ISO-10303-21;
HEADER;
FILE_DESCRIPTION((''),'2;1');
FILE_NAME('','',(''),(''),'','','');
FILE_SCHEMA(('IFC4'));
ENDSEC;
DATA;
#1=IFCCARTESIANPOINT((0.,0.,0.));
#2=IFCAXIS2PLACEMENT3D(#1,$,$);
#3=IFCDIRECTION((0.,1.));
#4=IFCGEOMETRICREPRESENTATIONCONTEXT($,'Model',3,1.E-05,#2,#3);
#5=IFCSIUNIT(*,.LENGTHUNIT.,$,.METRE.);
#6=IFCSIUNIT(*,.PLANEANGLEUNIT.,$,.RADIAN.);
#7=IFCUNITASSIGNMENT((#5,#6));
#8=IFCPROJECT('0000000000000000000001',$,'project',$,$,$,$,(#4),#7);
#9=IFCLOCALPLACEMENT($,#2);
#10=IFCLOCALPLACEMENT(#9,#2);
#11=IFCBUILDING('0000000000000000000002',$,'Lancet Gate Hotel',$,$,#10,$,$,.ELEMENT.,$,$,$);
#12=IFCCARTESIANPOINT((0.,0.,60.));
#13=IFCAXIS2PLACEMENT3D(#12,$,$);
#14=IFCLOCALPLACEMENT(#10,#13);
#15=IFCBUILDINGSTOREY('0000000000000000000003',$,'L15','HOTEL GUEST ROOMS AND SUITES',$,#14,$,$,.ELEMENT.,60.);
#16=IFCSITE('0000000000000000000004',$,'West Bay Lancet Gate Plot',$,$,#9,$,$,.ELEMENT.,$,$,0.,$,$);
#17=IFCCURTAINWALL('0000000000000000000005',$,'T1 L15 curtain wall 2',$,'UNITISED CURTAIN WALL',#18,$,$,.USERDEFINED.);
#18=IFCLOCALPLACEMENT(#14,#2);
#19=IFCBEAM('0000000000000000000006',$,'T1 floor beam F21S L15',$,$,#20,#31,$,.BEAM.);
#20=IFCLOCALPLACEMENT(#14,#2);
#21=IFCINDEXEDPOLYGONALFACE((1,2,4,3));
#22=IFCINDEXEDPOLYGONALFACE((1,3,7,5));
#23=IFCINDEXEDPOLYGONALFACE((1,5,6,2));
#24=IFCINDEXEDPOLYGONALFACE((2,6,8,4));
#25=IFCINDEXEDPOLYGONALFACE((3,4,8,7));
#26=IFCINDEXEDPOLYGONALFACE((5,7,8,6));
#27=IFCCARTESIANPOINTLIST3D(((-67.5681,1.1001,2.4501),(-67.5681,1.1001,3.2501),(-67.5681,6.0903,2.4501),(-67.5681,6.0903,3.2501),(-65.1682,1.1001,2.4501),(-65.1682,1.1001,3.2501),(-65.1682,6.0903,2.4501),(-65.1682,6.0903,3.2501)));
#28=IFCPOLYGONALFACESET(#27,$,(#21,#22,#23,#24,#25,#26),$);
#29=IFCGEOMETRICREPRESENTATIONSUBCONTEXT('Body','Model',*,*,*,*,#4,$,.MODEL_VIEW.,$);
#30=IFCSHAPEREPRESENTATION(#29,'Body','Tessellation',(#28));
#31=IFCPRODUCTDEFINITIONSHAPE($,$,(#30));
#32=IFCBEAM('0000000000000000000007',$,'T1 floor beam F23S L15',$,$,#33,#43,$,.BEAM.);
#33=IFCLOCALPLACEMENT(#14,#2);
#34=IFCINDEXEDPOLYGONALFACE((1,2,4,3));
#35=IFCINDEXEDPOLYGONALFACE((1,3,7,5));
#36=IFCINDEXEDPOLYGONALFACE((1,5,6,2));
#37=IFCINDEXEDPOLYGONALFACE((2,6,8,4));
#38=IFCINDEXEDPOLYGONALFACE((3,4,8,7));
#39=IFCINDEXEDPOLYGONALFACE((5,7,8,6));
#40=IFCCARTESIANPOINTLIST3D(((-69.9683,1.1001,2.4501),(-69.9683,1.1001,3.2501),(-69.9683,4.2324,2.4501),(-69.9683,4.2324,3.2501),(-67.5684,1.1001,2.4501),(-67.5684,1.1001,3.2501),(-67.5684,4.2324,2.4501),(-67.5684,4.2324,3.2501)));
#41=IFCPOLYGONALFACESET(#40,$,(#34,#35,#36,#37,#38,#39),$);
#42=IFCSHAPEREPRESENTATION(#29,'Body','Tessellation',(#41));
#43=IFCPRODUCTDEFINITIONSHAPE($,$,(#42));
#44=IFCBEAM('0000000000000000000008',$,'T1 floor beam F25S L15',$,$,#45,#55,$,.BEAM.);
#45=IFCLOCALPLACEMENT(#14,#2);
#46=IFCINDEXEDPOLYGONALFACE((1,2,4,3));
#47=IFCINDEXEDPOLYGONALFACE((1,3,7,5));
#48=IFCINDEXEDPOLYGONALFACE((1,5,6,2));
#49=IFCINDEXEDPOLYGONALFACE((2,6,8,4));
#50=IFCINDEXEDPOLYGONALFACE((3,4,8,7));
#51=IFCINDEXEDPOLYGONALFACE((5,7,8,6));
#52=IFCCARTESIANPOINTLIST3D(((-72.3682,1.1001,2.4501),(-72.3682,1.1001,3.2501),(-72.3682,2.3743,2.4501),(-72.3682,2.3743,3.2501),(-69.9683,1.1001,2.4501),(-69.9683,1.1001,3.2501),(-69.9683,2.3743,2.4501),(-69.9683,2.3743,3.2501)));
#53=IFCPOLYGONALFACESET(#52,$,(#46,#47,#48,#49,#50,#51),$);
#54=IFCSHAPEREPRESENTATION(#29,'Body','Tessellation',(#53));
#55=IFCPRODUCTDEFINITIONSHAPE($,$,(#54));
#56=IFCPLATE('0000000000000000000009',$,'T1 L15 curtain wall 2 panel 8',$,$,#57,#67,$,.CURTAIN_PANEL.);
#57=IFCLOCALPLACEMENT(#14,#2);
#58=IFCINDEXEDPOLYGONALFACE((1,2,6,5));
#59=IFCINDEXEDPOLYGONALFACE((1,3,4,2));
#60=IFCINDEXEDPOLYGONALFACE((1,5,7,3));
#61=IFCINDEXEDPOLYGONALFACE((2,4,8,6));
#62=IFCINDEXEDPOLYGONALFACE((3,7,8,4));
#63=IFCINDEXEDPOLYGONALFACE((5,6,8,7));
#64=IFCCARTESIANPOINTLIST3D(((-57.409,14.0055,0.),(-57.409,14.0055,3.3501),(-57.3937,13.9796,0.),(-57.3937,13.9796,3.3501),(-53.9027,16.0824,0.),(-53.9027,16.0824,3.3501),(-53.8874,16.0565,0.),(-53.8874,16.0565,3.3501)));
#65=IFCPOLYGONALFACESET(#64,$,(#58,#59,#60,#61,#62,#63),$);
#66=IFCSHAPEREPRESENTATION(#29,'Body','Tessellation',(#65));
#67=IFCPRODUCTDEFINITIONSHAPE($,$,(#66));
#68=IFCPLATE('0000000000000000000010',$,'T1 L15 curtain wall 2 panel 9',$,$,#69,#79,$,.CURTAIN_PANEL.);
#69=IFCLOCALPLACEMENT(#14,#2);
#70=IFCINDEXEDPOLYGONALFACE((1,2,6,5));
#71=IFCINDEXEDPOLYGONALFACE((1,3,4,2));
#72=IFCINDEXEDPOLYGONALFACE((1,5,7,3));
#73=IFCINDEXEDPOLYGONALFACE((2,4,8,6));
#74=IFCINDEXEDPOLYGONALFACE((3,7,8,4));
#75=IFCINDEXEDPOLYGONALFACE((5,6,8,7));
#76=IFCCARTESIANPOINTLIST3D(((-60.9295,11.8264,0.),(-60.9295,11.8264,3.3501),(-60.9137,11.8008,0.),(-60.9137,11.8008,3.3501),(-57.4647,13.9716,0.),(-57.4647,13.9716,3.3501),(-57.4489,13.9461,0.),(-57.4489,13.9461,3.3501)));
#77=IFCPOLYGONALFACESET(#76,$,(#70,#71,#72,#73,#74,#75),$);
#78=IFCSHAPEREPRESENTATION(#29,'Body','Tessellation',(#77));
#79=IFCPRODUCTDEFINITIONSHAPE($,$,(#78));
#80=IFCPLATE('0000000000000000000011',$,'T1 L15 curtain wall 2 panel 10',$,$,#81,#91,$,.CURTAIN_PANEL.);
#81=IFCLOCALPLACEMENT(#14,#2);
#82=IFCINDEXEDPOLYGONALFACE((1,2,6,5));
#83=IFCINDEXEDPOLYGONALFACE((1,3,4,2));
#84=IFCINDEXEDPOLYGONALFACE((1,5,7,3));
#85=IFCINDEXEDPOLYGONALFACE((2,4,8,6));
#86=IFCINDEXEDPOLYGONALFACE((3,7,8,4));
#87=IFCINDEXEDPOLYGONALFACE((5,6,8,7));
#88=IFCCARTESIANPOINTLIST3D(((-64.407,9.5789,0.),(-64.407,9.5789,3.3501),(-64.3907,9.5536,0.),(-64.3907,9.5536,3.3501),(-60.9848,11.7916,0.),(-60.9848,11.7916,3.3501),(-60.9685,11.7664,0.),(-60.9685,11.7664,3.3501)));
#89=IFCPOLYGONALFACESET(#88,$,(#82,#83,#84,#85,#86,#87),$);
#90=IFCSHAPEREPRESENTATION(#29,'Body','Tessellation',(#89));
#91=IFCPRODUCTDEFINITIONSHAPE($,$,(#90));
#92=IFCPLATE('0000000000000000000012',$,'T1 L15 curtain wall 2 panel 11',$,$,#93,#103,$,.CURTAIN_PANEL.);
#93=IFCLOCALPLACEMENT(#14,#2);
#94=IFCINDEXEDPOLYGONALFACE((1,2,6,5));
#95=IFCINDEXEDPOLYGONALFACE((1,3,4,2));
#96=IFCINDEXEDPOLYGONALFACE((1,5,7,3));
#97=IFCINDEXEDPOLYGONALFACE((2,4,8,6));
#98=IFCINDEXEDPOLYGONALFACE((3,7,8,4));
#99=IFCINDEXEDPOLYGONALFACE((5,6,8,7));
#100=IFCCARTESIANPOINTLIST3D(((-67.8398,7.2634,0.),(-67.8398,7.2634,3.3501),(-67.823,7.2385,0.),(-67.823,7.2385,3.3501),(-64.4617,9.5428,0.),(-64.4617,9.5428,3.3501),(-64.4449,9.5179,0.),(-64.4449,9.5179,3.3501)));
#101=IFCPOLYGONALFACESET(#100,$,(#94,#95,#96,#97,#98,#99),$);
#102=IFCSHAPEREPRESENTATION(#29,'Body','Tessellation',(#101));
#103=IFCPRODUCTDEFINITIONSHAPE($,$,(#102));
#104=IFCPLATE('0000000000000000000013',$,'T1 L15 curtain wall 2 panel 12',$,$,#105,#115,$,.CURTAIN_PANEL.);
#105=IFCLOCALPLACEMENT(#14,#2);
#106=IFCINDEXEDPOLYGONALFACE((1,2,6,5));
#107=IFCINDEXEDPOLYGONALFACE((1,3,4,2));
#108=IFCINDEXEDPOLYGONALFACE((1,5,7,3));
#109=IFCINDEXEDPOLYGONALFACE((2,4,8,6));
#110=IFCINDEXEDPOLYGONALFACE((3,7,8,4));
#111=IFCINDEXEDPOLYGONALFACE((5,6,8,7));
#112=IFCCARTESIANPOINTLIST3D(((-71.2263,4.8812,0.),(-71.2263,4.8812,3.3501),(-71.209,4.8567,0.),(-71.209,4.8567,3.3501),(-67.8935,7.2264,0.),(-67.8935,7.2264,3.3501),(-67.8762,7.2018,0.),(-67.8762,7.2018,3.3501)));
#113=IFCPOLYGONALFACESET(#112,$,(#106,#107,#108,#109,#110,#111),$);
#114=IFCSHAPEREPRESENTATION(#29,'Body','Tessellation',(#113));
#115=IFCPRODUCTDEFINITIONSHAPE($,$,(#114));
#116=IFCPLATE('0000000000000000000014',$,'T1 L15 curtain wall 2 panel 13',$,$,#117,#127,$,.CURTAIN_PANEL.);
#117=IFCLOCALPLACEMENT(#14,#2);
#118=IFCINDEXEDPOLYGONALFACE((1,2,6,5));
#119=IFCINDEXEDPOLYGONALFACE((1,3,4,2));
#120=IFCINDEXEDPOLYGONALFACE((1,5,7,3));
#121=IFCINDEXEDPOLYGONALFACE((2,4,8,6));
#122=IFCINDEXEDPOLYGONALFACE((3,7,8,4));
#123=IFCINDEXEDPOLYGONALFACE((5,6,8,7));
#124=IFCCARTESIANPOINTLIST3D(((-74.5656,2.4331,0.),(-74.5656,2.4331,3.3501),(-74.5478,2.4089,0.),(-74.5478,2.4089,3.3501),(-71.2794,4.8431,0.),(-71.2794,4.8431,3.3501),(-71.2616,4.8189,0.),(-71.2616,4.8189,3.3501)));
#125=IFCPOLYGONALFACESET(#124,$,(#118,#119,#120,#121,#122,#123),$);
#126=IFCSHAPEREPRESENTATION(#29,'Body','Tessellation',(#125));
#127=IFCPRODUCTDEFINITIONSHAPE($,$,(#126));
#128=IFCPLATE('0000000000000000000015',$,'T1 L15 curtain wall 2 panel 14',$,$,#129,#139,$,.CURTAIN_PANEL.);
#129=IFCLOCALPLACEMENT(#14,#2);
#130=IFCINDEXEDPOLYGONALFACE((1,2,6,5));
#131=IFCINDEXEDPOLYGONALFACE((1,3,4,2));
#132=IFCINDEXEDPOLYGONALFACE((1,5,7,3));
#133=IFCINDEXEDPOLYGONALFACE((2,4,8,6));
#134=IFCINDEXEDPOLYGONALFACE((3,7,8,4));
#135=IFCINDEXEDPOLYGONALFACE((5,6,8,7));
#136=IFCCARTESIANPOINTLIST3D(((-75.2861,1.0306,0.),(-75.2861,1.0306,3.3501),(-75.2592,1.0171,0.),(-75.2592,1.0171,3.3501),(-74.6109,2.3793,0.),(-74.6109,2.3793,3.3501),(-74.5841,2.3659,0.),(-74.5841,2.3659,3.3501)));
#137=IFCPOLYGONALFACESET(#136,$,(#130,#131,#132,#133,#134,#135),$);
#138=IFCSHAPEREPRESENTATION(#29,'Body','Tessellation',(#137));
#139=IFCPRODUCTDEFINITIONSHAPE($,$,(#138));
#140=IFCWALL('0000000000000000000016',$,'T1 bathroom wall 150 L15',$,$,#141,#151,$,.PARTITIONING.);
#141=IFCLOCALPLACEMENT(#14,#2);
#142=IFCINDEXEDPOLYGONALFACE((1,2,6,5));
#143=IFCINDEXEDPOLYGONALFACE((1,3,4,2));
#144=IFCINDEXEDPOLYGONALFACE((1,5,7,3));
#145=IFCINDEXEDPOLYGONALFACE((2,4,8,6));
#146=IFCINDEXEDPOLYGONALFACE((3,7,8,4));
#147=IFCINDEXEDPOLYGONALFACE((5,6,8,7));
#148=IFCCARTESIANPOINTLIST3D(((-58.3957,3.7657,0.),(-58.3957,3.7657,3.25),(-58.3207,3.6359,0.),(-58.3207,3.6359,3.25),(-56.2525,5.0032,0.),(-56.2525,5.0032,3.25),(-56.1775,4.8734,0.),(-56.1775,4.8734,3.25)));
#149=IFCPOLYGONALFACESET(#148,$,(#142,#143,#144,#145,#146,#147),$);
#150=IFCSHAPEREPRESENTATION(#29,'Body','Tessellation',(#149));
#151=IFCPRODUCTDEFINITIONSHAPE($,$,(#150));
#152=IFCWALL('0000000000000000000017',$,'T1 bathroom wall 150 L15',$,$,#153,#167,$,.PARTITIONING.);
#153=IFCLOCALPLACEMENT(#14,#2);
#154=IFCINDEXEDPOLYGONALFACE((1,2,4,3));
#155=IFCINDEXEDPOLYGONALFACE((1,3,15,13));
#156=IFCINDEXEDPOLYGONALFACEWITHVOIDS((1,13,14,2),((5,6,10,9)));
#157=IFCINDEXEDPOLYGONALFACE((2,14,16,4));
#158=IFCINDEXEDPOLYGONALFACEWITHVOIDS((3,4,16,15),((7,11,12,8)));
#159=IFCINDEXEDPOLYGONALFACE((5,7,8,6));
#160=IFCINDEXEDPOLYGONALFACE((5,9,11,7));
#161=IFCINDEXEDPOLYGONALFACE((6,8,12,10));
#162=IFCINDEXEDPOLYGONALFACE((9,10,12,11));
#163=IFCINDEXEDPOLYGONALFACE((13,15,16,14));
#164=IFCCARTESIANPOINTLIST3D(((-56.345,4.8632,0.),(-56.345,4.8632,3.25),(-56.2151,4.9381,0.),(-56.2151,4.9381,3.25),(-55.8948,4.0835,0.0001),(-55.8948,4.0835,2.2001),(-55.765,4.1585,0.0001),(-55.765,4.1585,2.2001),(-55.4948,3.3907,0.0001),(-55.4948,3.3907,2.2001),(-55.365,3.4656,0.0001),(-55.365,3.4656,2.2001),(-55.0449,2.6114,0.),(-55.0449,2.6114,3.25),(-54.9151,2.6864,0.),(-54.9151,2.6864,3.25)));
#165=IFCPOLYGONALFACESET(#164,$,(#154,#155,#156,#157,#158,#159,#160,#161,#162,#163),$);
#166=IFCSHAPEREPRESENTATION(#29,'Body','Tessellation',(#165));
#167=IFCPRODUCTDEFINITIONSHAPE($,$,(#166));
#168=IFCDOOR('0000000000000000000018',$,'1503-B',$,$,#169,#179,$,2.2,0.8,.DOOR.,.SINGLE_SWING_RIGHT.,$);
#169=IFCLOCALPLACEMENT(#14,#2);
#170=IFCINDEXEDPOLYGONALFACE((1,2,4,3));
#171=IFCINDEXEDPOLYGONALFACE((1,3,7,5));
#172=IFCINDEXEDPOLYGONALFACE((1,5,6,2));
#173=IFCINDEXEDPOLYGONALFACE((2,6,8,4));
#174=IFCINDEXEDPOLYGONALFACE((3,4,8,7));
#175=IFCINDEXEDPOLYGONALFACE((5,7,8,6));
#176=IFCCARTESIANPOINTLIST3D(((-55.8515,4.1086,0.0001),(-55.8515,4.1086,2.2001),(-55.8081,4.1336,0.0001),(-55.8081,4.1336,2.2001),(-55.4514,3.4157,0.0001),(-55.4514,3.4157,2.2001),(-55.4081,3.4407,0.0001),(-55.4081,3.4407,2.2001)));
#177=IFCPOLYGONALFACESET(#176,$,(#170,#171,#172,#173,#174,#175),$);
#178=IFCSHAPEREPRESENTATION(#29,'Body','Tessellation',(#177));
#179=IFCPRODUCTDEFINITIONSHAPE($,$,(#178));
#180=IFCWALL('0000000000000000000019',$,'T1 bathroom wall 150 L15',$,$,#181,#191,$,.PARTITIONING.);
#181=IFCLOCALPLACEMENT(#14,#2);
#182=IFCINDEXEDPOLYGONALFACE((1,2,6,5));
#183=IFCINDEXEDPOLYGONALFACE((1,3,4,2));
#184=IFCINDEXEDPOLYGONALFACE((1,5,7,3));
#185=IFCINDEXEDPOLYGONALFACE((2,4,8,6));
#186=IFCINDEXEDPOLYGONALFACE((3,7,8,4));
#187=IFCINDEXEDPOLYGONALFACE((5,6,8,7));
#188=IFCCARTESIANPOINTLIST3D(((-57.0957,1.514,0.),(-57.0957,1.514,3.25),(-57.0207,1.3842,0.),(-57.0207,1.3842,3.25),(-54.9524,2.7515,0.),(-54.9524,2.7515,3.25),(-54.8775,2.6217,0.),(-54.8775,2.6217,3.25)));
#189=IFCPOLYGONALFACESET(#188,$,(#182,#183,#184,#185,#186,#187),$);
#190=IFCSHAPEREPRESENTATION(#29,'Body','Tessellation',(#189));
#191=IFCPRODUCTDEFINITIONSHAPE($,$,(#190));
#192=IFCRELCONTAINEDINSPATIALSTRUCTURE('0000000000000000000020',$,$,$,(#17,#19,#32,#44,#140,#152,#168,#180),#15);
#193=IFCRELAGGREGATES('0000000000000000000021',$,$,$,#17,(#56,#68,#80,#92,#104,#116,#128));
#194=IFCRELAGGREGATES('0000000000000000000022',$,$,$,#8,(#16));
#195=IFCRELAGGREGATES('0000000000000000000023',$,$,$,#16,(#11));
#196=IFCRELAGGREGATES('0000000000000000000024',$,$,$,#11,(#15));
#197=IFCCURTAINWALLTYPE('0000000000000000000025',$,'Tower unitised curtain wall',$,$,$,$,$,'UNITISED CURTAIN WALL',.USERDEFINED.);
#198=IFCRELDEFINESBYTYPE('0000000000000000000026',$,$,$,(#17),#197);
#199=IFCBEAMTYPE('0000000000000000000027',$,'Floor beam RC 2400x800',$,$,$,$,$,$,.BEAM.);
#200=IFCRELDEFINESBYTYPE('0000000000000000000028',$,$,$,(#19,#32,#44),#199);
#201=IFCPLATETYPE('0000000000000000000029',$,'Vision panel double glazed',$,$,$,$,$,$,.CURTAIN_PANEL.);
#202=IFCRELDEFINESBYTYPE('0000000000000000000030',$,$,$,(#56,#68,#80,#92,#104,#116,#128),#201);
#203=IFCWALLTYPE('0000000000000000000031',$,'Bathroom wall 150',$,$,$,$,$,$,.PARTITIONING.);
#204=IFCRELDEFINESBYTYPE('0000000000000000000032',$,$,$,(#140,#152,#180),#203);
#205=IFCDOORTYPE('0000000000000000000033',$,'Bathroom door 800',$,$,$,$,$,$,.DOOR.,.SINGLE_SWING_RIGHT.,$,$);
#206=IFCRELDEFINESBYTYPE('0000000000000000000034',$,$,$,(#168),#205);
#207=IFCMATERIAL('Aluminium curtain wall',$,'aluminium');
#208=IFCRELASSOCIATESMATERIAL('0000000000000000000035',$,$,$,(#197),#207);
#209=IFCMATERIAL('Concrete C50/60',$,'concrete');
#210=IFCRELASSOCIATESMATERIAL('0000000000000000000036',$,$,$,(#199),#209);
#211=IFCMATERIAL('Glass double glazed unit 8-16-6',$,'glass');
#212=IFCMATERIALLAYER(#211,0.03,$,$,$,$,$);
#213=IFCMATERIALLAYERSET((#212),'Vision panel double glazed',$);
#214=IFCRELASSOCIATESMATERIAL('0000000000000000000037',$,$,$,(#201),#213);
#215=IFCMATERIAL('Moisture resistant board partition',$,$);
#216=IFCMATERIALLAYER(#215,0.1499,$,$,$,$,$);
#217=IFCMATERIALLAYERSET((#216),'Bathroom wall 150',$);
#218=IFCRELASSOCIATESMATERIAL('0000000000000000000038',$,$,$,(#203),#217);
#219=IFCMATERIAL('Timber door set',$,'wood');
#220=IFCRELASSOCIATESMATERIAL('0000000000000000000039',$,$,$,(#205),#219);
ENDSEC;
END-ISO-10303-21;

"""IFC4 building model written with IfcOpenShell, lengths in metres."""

from ifc_helpers import new_model, si_unit, direction, frame, frame_2d, origin, origin_2d, place, context, subcontext, project, spatial, rectangle, extrude, material, layer, layer_set, material_profile, profile_set, type_object, element, fill, aggregate, save


model = new_model("IFC4")

# Units and contexts
model_context = context("Model", 3, precision=1e-05, world=origin(), true_north=direction((0.0, 1.0)))
body_context = subcontext(model_context, "Body", "Model", "MODEL_VIEW")
ifc_project = project(units=[si_unit("LENGTHUNIT", "METRE"), si_unit("PLANEANGLEUNIT", "RADIAN")], contexts=[model_context])

# Site, building, storey
site_placement = place(None, origin())
site = spatial("IfcSite", under=ifc_project, at=site_placement, Name="West Bay Lancet Gate Plot", CompositionType="ELEMENT", RefElevation=0.0)
building_placement = place(site_placement, origin())
building = spatial("IfcBuilding", under=site, at=building_placement, Name="Lancet Gate Hotel", CompositionType="ELEMENT")
storey_placement = place(building_placement, frame((0.0, 0.0, 60.0)))
storey = spatial("IfcBuildingStorey", under=building, at=storey_placement, Name="L15", Description="HOTEL GUEST ROOMS AND SUITES", CompositionType="ELEMENT", Elevation=60.0)

# Curtain wall
ifc_material_1 = material(Name="Aluminium curtain wall", Category="aluminium")
curtain_wall_type = type_object("IfcCurtainWallType", Name="Tower unitised curtain wall", ElementType="UNITISED CURTAIN WALL", PredefinedType="USERDEFINED", material=ifc_material_1)
curtain_wall_placement = place(storey_placement, origin())
curtain_wall = element("IfcCurtainWall", 1, at=curtain_wall_placement, inside=storey, type_object=curtain_wall_type, Name="T1 L15 curtain wall 2", ObjectType="UNITISED CURTAIN WALL", PredefinedType="USERDEFINED")

# Beams
ifc_material_2 = material(Name="Concrete C50/60", Category="concrete")
ifc_material_profile_1 = material_profile(ifc_material_2, rectangle(XDim=2.3999, YDim=0.8, at=origin_2d()), Name="RC 2400x800")
ifc_profile_set_1 = profile_set([ifc_material_profile_1], Name="Concrete C50/60")
beam_type_1 = type_object("IfcBeamType", Name="Floor beam RC 2400x800", PredefinedType="BEAM", material=ifc_profile_set_1)
beam_1_placement = place(storey_placement, frame((-66.3682, 6.0903, 2.8501), z_axis=(0.0, -1.0, 0.0), x_axis=(1.0, 0.0, 0.0)))
element("IfcBeam", 2, at=beam_1_placement, inside=storey, type_object=beam_type_1, Name="T1 floor beam F21S L15", PredefinedType="BEAM", context=body_context, shape_type="SweptSolid", body=[
    extrude(rectangle(XDim=2.3999, YDim=0.8, at=origin_2d()), origin(), (0.0, 0.0, 1.0), 4.9902),
])
beam_2_placement = place(storey_placement, frame((-68.7683, 4.2324, 2.8501), z_axis=(0.0, -1.0, 0.0), x_axis=(1.0, 0.0, 0.0)))
element("IfcBeam", 3, at=beam_2_placement, inside=storey, type_object=beam_type_1, Name="T1 floor beam F23S L15", PredefinedType="BEAM", context=body_context, shape_type="SweptSolid", body=[
    extrude(rectangle(XDim=2.3999, YDim=0.8, at=origin_2d()), origin(), (0.0, 0.0, 1.0), 3.1323),
])
beam_3_placement = place(storey_placement, frame((-71.1682, 2.3743, 2.8501), z_axis=(0.0, -1.0, 0.0), x_axis=(1.0, 0.0, 0.0)))
element("IfcBeam", 4, at=beam_3_placement, inside=storey, type_object=beam_type_1, Name="T1 floor beam F25S L15", PredefinedType="BEAM", context=body_context, shape_type="SweptSolid", body=[
    extrude(rectangle(XDim=2.3999, YDim=0.8, at=origin_2d()), origin(), (0.0, 0.0, 1.0), 1.2742),
])

# Plates
ifc_material_3 = material(Name="Glass double glazed unit 8-16-6", Category="glass")
ifc_layer_1 = layer(ifc_material_3, 0.03)
ifc_layer_set_1 = layer_set([ifc_layer_1], Name="Vision panel double glazed")
plate_type = type_object("IfcPlateType", Name="Vision panel double glazed", PredefinedType="CURTAIN_PANEL", material=ifc_layer_set_1)
plate_1_placement = place(storey_placement, frame((-55.6482, 15.031, 0.0), z_axis=(0.0, 0.0, 1.0), x_axis=(-0.860382, -0.50965, 0.0)))
plate_1 = element("IfcPlate", 5, at=plate_1_placement, type_object=plate_type, Name="T1 L15 curtain wall 2 panel 8", PredefinedType="CURTAIN_PANEL", context=body_context, shape_type="SweptSolid", body=[
    extrude(rectangle(XDim=4.0752, YDim=0.03, at=origin_2d()), origin(), (0.0, 0.0, 1.0), 3.3501),
])
plate_2_placement = place(storey_placement, frame((-59.1892, 12.8862, 0.0), z_axis=(0.0, 0.0, 1.0), x_axis=(-0.850229, -0.526414, 0.0)))
plate_2 = element("IfcPlate", 6, at=plate_2_placement, type_object=plate_type, Name="T1 L15 curtain wall 2 panel 9", PredefinedType="CURTAIN_PANEL", context=body_context, shape_type="SweptSolid", body=[
    extrude(rectangle(XDim=4.0752, YDim=0.03, at=origin_2d()), origin(), (0.0, 0.0, 1.0), 3.3501),
])
plate_3_placement = place(storey_placement, frame((-62.6877, 10.6726, 0.0), z_axis=(0.0, 0.0, 1.0), x_axis=(-0.839749, -0.542975, 0.0)))
plate_3 = element("IfcPlate", 7, at=plate_3_placement, type_object=plate_type, Name="T1 L15 curtain wall 2 panel 10", PredefinedType="CURTAIN_PANEL", context=body_context, shape_type="SweptSolid", body=[
    extrude(rectangle(XDim=4.0752, YDim=0.03, at=origin_2d()), origin(), (0.0, 0.0, 1.0), 3.3501),
])
plate_4_placement = place(storey_placement, frame((-66.1423, 8.3906, 0.0), z_axis=(0.0, 0.0, 1.0), x_axis=(-0.828946, -0.559329, 0.0)))
plate_4 = element("IfcPlate", 8, at=plate_4_placement, type_object=plate_type, Name="T1 L15 curtain wall 2 panel 11", PredefinedType="CURTAIN_PANEL", context=body_context, shape_type="SweptSolid", body=[
    extrude(rectangle(XDim=4.0752, YDim=0.03, at=origin_2d()), origin(), (0.0, 0.0, 1.0), 3.3501),
])
plate_5_placement = place(storey_placement, frame((-69.5513, 6.0415, 0.0), z_axis=(0.0, 0.0, 1.0), x_axis=(-0.817825, -0.575467, 0.0)))
plate_5 = element("IfcPlate", 9, at=plate_5_placement, type_object=plate_type, Name="T1 L15 curtain wall 2 panel 12", PredefinedType="CURTAIN_PANEL", context=body_context, shape_type="SweptSolid", body=[
    extrude(rectangle(XDim=4.0752, YDim=0.03, at=origin_2d()), origin(), (0.0, 0.0, 1.0), 3.3501),
])
plate_6_placement = place(storey_placement, frame((-72.9136, 3.626, 0.0), z_axis=(0.0, 0.0, 1.0), x_axis=(-0.80639, -0.591384, 0.0)))
plate_6 = element("IfcPlate", 10, at=plate_6_placement, type_object=plate_type, Name="T1 L15 curtain wall 2 panel 13", PredefinedType="CURTAIN_PANEL", context=body_context, shape_type="SweptSolid", body=[
    extrude(rectangle(XDim=4.0752, YDim=0.03, at=origin_2d()), origin(), (0.0, 0.0, 1.0), 3.3501),
])
plate_7_placement = place(storey_placement, frame((-74.9351, 1.6982, 0.0), z_axis=(0.0, 0.0, 1.0), x_axis=(-0.447628, -0.89422, 0.0)))
plate_7 = element("IfcPlate", 11, at=plate_7_placement, type_object=plate_type, Name="T1 L15 curtain wall 2 panel 14", PredefinedType="CURTAIN_PANEL", context=body_context, shape_type="SweptSolid", body=[
    extrude(rectangle(XDim=1.5083, YDim=0.03, at=origin_2d()), origin(), (0.0, 0.0, 1.0), 3.3501),
])
aggregate(curtain_wall, [plate_1, plate_2, plate_3, plate_4, plate_5, plate_6, plate_7])

# Wall
ifc_material_4 = material(Name="Moisture resistant board partition")
ifc_layer_2 = layer(ifc_material_4, 0.1499)
ifc_layer_set_2 = layer_set([ifc_layer_2], Name="Bathroom wall 150")
wall_type = type_object("IfcWallType", Name="Bathroom wall 150", PredefinedType="PARTITIONING", material=ifc_layer_set_2)
wall_1_placement = place(storey_placement, frame((-56.2151, 4.9382, 0.0), z_axis=(0.0, 0.0, 1.0), x_axis=(-0.866007, -0.500033, 0.0)))
element("IfcWall", 12, at=wall_1_placement, inside=storey, type_object=wall_type, Name="T1 bathroom wall 150 L15", PredefinedType="PARTITIONING", context=body_context, shape_type="SweptSolid", body=[
    extrude(rectangle(XDim=2.4749, YDim=0.1499, at=frame_2d((1.2373, 0.0))), origin(), (0.0, 0.0, 1.0), 3.25),
])

# Wall, opening, door
wall_2_placement = place(storey_placement, frame((-54.98, 2.6489, 0.0), z_axis=(0.0, 0.0, 1.0), x_axis=(-0.500007, 0.866021, 0.0)))
wall_2 = element("IfcWall", 13, at=wall_2_placement, inside=storey, type_object=wall_type, Name="T1 bathroom wall 150 L15", PredefinedType="PARTITIONING", context=body_context, shape_type="SweptSolid", body=[
    extrude(rectangle(XDim=2.6001, YDim=0.1499, at=frame_2d((1.3, 0.0))), origin(), (0.0, 0.0, 1.0), 3.25),
])
opening_placement = place(wall_2_placement, frame((0.8999, 0.0, 0.0)))
opening = element("IfcOpeningElement", 14, at=opening_placement, cuts=wall_2, PredefinedType="OPENING", context=body_context, shape_type="SweptSolid", body=[
    extrude(rectangle(XDim=0.8, YDim=2.2, at=frame_2d((0.3999, 1.1001))), frame((0.0, 0.085, 0.0), z_axis=(0.0, -1.0, 0.0), x_axis=(1.0, 0.0, 0.0)), (0.0, 0.0, 1.0), 0.1699),
])
ifc_material_5 = material(Name="Timber door set", Category="wood")
door_type = type_object("IfcDoorType", Name="Bathroom door 800", OperationType="SINGLE_SWING_RIGHT", PredefinedType="DOOR", material=ifc_material_5)
door_placement = place(opening_placement, origin())
door = element("IfcDoor", 15, at=door_placement, inside=storey, type_object=door_type, Name="1503-B", OperationType="SINGLE_SWING_RIGHT", OverallHeight=2.2, OverallWidth=0.8, PredefinedType="DOOR", context=body_context, shape_type="SweptSolid", body=[
    extrude(rectangle(XDim=0.8, YDim=2.2, at=frame_2d((0.3999, 1.1001))), frame((0.0, 0.0249, 0.0), z_axis=(0.0, -1.0, 0.0), x_axis=(1.0, 0.0, 0.0)), (0.0, 0.0, 1.0), 0.05),
])
fill(opening, door)

# Wall
wall_3_placement = place(storey_placement, frame((-54.915, 2.6865, 0.0), z_axis=(0.0, 0.0, 1.0), x_axis=(-0.866007, -0.500033, 0.0)))
element("IfcWall", 16, at=wall_3_placement, inside=storey, type_object=wall_type, Name="T1 bathroom wall 150 L15", PredefinedType="PARTITIONING", context=body_context, shape_type="SweptSolid", body=[
    extrude(rectangle(XDim=2.4749, YDim=0.1499, at=frame_2d((1.2373, 0.0))), origin(), (0.0, 0.0, 1.0), 3.25),
])

save(model, "model.ifc")
